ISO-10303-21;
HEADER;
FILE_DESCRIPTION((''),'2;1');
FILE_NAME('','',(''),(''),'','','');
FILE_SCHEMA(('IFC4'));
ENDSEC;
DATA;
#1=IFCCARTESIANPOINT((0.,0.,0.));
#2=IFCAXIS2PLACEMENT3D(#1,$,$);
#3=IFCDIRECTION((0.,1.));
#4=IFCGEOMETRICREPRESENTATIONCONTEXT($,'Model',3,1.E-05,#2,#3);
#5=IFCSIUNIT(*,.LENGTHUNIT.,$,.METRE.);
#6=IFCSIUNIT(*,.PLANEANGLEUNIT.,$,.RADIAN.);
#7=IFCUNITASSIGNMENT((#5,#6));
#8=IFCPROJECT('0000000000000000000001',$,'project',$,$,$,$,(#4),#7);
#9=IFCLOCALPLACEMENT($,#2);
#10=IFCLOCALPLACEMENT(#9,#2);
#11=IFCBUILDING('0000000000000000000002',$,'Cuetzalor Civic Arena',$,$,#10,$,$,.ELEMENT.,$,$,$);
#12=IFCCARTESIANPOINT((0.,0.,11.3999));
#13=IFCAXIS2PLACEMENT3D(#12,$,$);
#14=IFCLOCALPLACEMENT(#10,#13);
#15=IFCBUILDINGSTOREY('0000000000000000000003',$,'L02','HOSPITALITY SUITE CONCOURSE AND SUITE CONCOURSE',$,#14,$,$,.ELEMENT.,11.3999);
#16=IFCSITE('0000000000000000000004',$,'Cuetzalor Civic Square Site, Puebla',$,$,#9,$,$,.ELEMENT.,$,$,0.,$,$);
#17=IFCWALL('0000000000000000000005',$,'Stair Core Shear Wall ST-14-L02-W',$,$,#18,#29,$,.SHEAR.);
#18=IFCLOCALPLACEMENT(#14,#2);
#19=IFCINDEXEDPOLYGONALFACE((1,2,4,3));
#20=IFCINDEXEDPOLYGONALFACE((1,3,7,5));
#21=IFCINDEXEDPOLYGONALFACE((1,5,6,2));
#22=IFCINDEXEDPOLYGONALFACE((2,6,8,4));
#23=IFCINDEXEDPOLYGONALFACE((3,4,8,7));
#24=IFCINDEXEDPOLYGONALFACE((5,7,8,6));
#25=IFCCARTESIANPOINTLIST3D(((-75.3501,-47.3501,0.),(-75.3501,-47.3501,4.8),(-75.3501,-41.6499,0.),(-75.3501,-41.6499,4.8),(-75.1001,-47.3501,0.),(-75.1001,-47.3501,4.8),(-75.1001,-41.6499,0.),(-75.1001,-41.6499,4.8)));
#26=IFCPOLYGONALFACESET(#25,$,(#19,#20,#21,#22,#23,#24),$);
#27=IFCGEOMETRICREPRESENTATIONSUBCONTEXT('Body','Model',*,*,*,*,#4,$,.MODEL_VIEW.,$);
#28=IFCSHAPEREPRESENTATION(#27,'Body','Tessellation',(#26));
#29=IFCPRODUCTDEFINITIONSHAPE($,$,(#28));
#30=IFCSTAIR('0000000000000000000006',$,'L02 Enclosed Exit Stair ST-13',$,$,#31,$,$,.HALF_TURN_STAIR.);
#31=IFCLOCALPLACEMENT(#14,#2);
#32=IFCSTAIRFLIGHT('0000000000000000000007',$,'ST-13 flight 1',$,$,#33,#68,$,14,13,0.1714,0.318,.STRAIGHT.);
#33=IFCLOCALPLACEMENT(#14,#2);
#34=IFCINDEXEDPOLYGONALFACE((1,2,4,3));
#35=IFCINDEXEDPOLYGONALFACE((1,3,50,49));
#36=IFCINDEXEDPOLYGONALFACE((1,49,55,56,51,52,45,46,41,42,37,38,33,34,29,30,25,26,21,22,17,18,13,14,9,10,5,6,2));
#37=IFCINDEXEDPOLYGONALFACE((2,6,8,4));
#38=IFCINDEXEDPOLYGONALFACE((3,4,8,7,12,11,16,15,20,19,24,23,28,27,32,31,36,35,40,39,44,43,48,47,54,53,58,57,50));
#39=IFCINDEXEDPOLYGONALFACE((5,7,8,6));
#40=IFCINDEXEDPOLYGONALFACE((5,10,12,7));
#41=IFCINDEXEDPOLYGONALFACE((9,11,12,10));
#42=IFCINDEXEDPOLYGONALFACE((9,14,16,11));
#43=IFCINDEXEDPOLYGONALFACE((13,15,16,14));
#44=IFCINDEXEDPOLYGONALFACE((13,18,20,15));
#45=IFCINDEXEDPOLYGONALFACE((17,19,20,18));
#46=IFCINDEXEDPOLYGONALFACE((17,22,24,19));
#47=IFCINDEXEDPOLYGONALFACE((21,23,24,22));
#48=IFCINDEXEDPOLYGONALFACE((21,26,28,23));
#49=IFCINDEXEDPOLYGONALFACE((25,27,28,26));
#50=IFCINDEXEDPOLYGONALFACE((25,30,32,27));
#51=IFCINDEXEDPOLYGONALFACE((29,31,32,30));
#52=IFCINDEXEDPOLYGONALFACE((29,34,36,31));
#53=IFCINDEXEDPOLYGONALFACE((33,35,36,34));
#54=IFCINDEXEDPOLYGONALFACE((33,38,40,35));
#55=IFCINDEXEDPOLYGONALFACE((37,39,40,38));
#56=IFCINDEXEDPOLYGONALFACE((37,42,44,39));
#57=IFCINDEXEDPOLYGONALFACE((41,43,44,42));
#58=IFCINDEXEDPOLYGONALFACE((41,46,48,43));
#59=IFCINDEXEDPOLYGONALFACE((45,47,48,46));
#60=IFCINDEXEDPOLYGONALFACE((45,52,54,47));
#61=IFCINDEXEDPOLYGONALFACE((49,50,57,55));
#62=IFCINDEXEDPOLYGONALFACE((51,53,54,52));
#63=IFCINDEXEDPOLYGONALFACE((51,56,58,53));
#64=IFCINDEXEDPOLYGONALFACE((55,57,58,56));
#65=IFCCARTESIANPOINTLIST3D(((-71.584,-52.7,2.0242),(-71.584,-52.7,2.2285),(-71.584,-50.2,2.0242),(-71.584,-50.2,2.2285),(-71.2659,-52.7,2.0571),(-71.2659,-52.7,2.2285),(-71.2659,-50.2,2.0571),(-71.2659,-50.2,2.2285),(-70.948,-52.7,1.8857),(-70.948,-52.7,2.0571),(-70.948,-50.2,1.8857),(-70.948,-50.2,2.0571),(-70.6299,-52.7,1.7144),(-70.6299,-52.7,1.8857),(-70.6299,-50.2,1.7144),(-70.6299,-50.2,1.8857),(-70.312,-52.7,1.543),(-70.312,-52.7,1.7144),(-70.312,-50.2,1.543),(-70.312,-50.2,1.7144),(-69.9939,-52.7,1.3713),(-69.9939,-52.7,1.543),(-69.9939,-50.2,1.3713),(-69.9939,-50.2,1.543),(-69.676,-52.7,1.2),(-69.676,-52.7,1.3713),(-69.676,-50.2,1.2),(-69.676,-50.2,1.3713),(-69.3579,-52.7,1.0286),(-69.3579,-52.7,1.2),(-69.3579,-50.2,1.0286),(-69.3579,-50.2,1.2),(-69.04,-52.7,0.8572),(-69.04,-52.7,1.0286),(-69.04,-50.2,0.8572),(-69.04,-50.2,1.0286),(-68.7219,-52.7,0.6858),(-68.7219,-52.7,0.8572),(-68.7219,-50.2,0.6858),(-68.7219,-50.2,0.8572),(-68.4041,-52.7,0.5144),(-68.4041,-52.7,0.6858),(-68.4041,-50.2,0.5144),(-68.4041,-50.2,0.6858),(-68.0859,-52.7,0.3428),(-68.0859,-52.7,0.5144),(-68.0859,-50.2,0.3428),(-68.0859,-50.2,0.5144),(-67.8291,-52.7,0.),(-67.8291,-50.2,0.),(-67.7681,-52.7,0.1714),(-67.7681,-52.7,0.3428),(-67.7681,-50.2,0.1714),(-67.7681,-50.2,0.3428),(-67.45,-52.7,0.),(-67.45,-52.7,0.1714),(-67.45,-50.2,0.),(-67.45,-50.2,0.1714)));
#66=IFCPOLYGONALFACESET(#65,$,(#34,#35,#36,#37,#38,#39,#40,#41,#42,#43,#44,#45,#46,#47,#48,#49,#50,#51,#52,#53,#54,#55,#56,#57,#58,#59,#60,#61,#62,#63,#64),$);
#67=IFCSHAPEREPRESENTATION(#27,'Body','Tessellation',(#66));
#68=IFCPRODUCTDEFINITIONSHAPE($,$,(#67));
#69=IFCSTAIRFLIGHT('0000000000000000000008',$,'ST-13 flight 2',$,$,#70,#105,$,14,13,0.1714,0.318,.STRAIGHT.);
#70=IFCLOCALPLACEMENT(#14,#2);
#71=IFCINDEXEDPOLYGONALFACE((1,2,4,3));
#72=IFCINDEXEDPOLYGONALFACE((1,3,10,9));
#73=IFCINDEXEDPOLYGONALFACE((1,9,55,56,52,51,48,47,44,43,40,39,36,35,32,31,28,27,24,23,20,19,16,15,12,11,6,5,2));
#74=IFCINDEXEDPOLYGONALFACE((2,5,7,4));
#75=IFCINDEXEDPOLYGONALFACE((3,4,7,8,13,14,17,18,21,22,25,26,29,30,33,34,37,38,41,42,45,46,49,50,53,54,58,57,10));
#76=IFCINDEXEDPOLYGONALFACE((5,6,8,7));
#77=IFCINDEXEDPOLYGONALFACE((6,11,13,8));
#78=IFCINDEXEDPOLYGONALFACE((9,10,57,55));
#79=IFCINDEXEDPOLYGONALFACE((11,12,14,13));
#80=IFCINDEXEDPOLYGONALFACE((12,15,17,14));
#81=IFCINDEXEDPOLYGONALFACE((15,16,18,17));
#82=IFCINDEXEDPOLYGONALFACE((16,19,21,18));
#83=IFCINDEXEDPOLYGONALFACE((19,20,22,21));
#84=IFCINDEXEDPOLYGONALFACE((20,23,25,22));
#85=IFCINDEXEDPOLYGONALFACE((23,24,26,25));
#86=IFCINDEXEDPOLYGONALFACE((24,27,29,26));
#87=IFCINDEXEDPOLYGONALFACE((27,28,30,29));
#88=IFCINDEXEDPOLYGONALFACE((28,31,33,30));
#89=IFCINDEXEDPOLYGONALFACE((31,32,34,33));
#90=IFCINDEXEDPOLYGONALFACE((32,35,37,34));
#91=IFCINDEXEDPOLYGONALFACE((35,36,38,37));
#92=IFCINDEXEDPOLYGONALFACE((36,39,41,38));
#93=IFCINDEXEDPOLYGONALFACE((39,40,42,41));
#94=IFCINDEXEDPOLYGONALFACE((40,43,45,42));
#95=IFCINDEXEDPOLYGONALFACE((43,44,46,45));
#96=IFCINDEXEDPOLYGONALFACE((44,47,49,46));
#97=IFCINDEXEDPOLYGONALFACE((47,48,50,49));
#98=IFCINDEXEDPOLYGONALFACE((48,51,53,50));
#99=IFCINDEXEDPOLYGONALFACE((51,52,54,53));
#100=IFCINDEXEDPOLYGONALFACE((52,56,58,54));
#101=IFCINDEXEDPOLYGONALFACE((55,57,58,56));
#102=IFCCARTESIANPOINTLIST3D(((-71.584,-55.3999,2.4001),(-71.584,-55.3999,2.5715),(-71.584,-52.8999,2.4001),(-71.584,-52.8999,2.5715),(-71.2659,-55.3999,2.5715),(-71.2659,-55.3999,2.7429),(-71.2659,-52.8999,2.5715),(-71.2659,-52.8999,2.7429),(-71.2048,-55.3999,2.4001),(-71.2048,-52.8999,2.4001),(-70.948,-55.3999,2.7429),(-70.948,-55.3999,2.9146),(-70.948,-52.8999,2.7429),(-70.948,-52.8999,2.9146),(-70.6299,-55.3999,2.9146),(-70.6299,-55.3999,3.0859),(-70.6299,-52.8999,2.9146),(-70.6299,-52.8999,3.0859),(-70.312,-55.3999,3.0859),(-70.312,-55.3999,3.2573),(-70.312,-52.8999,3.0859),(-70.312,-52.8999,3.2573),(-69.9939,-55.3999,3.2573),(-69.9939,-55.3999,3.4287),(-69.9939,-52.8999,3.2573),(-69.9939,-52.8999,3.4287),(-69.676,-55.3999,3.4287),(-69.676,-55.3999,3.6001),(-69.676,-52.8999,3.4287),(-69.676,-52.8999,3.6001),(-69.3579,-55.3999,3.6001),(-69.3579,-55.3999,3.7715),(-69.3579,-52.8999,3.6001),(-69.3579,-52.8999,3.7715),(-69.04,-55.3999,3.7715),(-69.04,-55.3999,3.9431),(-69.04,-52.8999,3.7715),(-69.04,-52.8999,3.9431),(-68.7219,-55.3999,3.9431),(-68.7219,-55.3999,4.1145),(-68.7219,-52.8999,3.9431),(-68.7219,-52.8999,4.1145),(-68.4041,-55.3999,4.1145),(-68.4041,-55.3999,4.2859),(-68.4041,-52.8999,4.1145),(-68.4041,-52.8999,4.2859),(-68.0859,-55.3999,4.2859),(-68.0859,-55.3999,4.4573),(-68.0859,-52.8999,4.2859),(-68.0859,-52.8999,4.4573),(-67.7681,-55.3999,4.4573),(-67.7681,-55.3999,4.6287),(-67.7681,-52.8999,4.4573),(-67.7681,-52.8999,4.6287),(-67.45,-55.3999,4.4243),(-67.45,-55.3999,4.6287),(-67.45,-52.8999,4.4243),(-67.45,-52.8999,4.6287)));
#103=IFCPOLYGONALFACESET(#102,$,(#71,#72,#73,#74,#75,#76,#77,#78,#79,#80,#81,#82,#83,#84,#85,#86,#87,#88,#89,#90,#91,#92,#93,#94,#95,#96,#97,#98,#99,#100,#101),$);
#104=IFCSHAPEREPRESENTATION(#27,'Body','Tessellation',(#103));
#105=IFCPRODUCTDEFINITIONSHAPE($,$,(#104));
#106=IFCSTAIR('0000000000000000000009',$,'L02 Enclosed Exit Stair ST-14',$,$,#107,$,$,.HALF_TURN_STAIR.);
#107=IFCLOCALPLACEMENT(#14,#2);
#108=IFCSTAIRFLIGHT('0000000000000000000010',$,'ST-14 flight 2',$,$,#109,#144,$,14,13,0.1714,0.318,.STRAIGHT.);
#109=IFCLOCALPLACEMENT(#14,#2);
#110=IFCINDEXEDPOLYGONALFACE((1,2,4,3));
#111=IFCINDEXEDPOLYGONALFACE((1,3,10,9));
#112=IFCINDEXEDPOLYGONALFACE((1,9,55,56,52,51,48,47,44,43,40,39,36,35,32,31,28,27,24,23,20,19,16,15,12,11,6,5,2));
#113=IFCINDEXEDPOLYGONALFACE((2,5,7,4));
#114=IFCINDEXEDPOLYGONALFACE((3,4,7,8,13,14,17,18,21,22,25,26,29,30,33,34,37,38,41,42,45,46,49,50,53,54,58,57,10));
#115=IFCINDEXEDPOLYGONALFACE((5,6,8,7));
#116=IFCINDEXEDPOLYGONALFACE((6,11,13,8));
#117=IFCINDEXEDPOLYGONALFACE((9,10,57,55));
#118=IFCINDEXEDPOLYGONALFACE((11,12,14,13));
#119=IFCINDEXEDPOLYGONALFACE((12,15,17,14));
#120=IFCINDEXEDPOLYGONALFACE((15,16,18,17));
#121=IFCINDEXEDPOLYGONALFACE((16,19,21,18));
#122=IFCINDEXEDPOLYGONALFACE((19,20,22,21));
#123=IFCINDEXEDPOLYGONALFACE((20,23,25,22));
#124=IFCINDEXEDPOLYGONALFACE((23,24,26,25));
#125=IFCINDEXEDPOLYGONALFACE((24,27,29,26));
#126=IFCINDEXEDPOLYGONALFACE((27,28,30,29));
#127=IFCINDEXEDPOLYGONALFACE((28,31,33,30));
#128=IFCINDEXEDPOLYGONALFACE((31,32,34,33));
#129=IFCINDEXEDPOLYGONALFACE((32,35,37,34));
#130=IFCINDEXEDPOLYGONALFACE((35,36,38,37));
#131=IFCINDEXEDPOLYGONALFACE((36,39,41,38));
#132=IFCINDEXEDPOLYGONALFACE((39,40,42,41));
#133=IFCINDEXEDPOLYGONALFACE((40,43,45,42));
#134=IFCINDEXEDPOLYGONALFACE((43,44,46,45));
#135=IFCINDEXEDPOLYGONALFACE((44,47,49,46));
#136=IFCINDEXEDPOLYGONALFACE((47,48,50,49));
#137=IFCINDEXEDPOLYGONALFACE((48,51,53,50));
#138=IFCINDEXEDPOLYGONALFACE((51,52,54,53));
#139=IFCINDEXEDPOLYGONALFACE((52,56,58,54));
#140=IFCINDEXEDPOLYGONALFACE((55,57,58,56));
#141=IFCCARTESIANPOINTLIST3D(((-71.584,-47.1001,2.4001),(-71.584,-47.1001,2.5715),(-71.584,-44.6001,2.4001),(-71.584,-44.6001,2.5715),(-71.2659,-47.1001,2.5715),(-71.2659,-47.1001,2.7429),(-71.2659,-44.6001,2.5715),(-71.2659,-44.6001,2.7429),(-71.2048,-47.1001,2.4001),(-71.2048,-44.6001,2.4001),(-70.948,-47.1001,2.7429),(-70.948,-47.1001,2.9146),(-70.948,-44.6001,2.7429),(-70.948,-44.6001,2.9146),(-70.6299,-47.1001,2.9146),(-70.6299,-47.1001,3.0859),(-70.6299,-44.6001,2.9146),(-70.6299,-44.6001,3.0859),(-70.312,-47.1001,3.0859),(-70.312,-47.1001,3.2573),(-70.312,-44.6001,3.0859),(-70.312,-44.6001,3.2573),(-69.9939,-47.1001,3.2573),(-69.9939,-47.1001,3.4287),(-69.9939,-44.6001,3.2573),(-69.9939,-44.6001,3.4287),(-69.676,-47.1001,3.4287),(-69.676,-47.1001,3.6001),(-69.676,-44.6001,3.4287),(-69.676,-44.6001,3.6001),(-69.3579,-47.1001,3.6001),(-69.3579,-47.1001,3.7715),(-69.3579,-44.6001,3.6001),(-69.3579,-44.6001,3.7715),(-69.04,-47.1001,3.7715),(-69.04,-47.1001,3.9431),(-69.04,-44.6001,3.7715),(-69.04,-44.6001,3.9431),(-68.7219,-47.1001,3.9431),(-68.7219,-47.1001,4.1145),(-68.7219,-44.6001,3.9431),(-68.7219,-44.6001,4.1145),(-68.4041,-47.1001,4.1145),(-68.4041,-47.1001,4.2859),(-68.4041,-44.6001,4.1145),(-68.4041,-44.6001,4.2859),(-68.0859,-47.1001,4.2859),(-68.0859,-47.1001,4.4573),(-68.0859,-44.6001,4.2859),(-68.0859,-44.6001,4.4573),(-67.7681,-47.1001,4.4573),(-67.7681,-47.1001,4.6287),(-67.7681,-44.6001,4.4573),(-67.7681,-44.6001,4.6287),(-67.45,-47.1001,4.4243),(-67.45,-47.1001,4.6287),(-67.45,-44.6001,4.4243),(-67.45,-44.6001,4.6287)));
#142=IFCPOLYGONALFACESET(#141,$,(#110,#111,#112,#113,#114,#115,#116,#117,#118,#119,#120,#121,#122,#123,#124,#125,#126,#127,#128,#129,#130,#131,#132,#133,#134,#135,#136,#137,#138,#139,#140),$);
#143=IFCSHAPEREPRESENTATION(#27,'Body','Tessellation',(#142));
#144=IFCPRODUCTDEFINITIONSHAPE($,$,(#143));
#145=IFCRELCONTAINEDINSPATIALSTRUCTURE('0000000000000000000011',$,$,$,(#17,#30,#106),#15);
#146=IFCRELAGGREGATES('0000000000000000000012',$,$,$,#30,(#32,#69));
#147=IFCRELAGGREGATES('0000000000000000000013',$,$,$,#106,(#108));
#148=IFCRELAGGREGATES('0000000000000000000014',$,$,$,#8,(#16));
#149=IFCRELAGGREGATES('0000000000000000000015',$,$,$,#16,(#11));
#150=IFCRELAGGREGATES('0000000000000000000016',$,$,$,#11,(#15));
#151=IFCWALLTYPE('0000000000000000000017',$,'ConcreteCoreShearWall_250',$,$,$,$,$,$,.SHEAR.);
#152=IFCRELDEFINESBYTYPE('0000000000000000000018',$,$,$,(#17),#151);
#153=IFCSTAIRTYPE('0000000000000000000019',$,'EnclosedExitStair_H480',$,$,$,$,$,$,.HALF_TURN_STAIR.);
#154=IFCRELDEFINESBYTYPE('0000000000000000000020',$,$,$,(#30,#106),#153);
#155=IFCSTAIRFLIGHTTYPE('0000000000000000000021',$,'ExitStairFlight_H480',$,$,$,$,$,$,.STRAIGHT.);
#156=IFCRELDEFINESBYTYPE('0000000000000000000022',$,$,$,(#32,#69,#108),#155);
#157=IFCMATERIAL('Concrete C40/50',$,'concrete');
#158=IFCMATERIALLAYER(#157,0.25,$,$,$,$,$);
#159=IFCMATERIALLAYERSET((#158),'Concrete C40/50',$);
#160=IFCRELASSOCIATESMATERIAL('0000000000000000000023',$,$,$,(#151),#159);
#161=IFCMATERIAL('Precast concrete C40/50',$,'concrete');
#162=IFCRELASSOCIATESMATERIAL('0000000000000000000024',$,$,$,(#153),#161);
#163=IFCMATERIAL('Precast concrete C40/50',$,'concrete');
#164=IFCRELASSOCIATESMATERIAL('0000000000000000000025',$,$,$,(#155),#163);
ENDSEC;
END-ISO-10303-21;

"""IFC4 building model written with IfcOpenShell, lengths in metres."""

from ifc_helpers import new_model, si_unit, direction, frame, frame_2d, origin, place, context, subcontext, project, spatial, polyline, rectangle, outline, extrude, material, layer, layer_set, type_object, element, aggregate, save


model = new_model("IFC4")

# Units and contexts
model_context = context("Model", 3, precision=1e-05, world=origin(), true_north=direction((0.0, 1.0)))
body_context = subcontext(model_context, "Body", "Model", "MODEL_VIEW")
ifc_project = project(units=[si_unit("LENGTHUNIT", "METRE"), si_unit("PLANEANGLEUNIT", "RADIAN")], contexts=[model_context])

# Site, building, storey
site_placement = place(None, origin())
site = spatial("IfcSite", under=ifc_project, at=site_placement, Name="Cuetzalor Civic Square Site, Puebla", CompositionType="ELEMENT", RefElevation=0.0)
building_placement = place(site_placement, origin())
building = spatial("IfcBuilding", under=site, at=building_placement, Name="Cuetzalor Civic Arena", CompositionType="ELEMENT")
storey_placement = place(building_placement, frame((0.0, 0.0, 11.3999)))
storey = spatial("IfcBuildingStorey", under=building, at=storey_placement, Name="L02", Description="HOSPITALITY SUITE CONCOURSE AND SUITE CONCOURSE", CompositionType="ELEMENT", Elevation=11.3999)

# Wall
ifc_material_1 = material(Name="Concrete C40/50", Category="concrete")
ifc_layer = layer(ifc_material_1, 0.25)
ifc_layer_set = layer_set([ifc_layer], Name="Concrete C40/50")
wall_type = type_object("IfcWallType", Name="ConcreteCoreShearWall_250", PredefinedType="SHEAR", material=ifc_layer_set)
wall_1_placement = place(storey_placement, frame((-75.2251, -47.3501, 0.0), z_axis=(0.0, 0.0, 1.0), x_axis=(0.0, 1.0, 0.0)))
element("IfcWall", 1, at=wall_1_placement, inside=storey, type_object=wall_type, Name="Stair Core Shear Wall ST-14-L02-W", PredefinedType="SHEAR", context=body_context, shape_type="SweptSolid", body=[
    extrude(rectangle(XDim=5.7002, YDim=0.25, at=frame_2d((2.8501, 0.0))), origin(), (0.0, 0.0, 1.0), 4.8),
])

# Stair, stair flights
ifc_material_2 = material(Name="Precast concrete C40/50", Category="concrete")
stair_type = type_object("IfcStairType", Name="EnclosedExitStair_H480", PredefinedType="HALF_TURN_STAIR", material=ifc_material_2)
stair_1_placement = place(storey_placement, origin())
stair_1 = element("IfcStair", 2, at=stair_1_placement, inside=storey, type_object=stair_type, Name="L02 Enclosed Exit Stair ST-13", PredefinedType="HALF_TURN_STAIR")
ifc_material_3 = material(Name="Precast concrete C40/50", Category="concrete")
stair_flight_type = type_object("IfcStairFlightType", Name="ExitStairFlight_H480", PredefinedType="STRAIGHT", material=ifc_material_3)
stair_flight_1_placement = place(storey_placement, frame((-67.45, -51.45, 0.0), z_axis=(0.0, 0.0, 1.0), x_axis=(-1.0, 0.0, 0.0)))
stair_flight_1 = element("IfcStairFlight", 3, at=stair_flight_1_placement, type_object=stair_flight_type, Name="ST-13 flight 1", NumberOfRisers=14, NumberOfTreads=13, PredefinedType="STRAIGHT", RiserHeight=0.1714, TreadLength=0.318, context=body_context, shape_type="SweptSolid", body=[
    extrude(outline(polyline([(0.0, 0.0), (0.0, 0.1714), (0.3181, 0.1714), (0.3181, 0.3428), (0.636, 0.3428), (0.636, 0.5144), (0.9541, 0.5144), (0.9541, 0.6858), (1.272, 0.6858), (1.272, 0.8572), (1.5901, 0.8572), (1.5901, 1.0286), (1.908, 1.0286), (1.908, 1.2), (2.2261, 1.2), (2.2261, 1.3713), (2.5439, 1.3713), (2.5439, 1.543), (2.8621, 1.543), (2.8621, 1.7144), (3.1799, 1.7144), (3.1799, 1.8857), (3.498, 1.8857), (3.498, 2.0571), (3.8159, 2.0571), (3.8159, 2.2285), (4.134, 2.2285), (4.134, 2.3999), (4.134, 2.0242), (0.3792, 0.0), (0.0, 0.0)])), frame((0.0, 1.25, 0.0), z_axis=(0.0, -1.0, 0.0), x_axis=(1.0, 0.0, 0.0)), (0.0, 0.0, 1.0), 2.5),
])
stair_flight_2_placement = place(storey_placement, frame((-71.584, -54.1499, 2.4001), z_axis=(0.0, 0.0, 1.0), x_axis=(1.0, 0.0, 0.0)))
stair_flight_2 = element("IfcStairFlight", 4, at=stair_flight_2_placement, type_object=stair_flight_type, Name="ST-13 flight 2", NumberOfRisers=14, NumberOfTreads=13, PredefinedType="STRAIGHT", RiserHeight=0.1714, TreadLength=0.318, context=body_context, shape_type="SweptSolid", body=[
    extrude(outline(polyline([(0.0, 0.0), (0.0, 0.1714), (0.3181, 0.1714), (0.3181, 0.3428), (0.636, 0.3428), (0.636, 0.5144), (0.9541, 0.5144), (0.9541, 0.6858), (1.272, 0.6858), (1.272, 0.8572), (1.5901, 0.8572), (1.5901, 1.0286), (1.908, 1.0286), (1.908, 1.2), (2.2261, 1.2), (2.2261, 1.3713), (2.5439, 1.3713), (2.5439, 1.543), (2.8621, 1.543), (2.8621, 1.7144), (3.1799, 1.7144), (3.1799, 1.8857), (3.498, 1.8857), (3.498, 2.0571), (3.8159, 2.0571), (3.8159, 2.2285), (4.134, 2.2285), (4.134, 2.3999), (4.134, 2.0242), (0.3792, 0.0), (0.0, 0.0)])), frame((0.0, 1.25, 0.0), z_axis=(0.0, -1.0, 0.0), x_axis=(1.0, 0.0, 0.0)), (0.0, 0.0, 1.0), 2.5),
])
aggregate(stair_1, [stair_flight_1, stair_flight_2])

# Stair, stair flight
stair_2_placement = place(storey_placement, origin())
stair_2 = element("IfcStair", 5, at=stair_2_placement, inside=storey, type_object=stair_type, Name="L02 Enclosed Exit Stair ST-14", PredefinedType="HALF_TURN_STAIR")
stair_flight_3_placement = place(storey_placement, frame((-71.584, -45.8501, 2.4001), z_axis=(0.0, 0.0, 1.0), x_axis=(1.0, 0.0, 0.0)))
stair_flight_3 = element("IfcStairFlight", 6, at=stair_flight_3_placement, type_object=stair_flight_type, Name="ST-14 flight 2", NumberOfRisers=14, NumberOfTreads=13, PredefinedType="STRAIGHT", RiserHeight=0.1714, TreadLength=0.318, context=body_context, shape_type="SweptSolid", body=[
    extrude(outline(polyline([(0.0, 0.0), (0.0, 0.1714), (0.3181, 0.1714), (0.3181, 0.3428), (0.636, 0.3428), (0.636, 0.5144), (0.9541, 0.5144), (0.9541, 0.6858), (1.272, 0.6858), (1.272, 0.8572), (1.5901, 0.8572), (1.5901, 1.0286), (1.908, 1.0286), (1.908, 1.2), (2.2261, 1.2), (2.2261, 1.3713), (2.5439, 1.3713), (2.5439, 1.543), (2.8621, 1.543), (2.8621, 1.7144), (3.1799, 1.7144), (3.1799, 1.8857), (3.498, 1.8857), (3.498, 2.0571), (3.8159, 2.0571), (3.8159, 2.2285), (4.134, 2.2285), (4.134, 2.3999), (4.134, 2.0242), (0.3792, 0.0), (0.0, 0.0)])), frame((0.0, 1.25, 0.0), z_axis=(0.0, -1.0, 0.0), x_axis=(1.0, 0.0, 0.0)), (0.0, 0.0, 1.0), 2.5),
])
aggregate(stair_2, [stair_flight_3])

save(model, "model.ifc")
